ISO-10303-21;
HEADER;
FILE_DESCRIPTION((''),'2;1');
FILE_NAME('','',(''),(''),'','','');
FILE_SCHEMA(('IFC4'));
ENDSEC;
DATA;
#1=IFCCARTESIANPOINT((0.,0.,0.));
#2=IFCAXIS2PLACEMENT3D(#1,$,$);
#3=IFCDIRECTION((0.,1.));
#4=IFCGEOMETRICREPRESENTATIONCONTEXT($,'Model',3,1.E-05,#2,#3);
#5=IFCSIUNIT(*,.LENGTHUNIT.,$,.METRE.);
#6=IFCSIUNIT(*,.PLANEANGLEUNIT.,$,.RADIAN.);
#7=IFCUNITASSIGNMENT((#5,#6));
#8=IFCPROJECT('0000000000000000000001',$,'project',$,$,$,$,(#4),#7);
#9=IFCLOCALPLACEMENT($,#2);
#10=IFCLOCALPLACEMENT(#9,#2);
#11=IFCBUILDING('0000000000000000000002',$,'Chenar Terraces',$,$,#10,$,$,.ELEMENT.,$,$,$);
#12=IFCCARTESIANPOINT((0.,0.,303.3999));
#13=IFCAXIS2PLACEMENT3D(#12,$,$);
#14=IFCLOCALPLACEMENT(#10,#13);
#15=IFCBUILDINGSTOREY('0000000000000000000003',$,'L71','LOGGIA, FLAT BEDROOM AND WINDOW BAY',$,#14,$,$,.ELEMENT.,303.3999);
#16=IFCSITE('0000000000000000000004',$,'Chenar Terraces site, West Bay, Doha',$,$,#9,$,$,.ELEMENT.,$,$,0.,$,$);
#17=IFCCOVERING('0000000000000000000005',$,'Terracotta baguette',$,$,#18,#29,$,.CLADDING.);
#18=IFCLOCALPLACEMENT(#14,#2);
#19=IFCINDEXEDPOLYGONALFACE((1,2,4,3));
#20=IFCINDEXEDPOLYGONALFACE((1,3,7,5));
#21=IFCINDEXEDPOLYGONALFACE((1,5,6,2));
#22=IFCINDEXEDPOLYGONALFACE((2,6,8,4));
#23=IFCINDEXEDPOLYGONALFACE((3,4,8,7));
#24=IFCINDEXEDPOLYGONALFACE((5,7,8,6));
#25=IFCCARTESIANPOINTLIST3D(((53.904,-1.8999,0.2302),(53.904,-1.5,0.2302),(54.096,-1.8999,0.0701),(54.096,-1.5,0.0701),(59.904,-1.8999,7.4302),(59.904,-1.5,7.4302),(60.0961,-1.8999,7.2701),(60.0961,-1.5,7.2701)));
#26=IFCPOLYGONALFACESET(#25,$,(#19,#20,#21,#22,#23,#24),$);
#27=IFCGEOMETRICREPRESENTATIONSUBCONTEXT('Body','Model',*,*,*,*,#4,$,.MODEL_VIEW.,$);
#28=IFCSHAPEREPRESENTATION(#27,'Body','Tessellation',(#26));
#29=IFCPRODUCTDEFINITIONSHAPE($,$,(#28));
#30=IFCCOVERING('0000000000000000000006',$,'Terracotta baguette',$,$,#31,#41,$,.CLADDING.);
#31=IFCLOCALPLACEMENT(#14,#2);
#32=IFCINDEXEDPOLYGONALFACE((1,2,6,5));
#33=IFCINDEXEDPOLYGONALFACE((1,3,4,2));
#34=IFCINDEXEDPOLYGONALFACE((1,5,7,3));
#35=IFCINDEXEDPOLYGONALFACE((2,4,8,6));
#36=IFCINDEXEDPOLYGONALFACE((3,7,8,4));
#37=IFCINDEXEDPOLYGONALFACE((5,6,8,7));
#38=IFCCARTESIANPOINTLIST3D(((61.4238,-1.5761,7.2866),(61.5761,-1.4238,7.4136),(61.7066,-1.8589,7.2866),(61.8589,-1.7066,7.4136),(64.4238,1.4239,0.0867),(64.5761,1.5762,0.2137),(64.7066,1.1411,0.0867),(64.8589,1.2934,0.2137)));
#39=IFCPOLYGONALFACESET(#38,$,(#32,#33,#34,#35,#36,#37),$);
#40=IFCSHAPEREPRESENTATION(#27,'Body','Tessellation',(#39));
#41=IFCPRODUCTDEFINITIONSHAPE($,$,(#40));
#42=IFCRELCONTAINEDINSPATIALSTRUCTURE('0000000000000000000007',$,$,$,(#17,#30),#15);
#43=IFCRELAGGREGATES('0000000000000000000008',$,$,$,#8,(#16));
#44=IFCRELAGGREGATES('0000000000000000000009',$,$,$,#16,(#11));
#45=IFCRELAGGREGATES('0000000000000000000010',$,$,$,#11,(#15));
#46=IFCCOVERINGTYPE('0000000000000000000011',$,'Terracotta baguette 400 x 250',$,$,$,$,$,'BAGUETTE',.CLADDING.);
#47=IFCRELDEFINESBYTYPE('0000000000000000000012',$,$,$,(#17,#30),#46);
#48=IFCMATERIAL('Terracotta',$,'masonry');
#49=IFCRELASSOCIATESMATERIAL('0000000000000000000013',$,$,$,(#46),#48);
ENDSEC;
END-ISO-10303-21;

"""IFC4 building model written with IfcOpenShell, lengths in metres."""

from ifc_helpers import new_model, si_unit, direction, frame, origin, origin_2d, place, context, subcontext, project, spatial, rectangle, extrude, material, material_profile, profile_set, type_object, element, save


model = new_model("IFC4")

# Units and contexts
model_context = context("Model", 3, precision=1e-05, world=origin(), true_north=direction((0.0, 1.0)))
body_context = subcontext(model_context, "Body", "Model", "MODEL_VIEW")
ifc_project = project(units=[si_unit("LENGTHUNIT", "METRE"), si_unit("PLANEANGLEUNIT", "RADIAN")], contexts=[model_context])

# Site, building, storey
site_placement = place(None, origin())
site = spatial("IfcSite", under=ifc_project, at=site_placement, Name="Chenar Terraces site, West Bay, Doha", CompositionType="ELEMENT", RefElevation=0.0)
building_placement = place(site_placement, origin())
building = spatial("IfcBuilding", under=site, at=building_placement, Name="Chenar Terraces", CompositionType="ELEMENT")
storey_placement = place(building_placement, frame((0.0, 0.0, 303.3999)))
storey = spatial("IfcBuildingStorey", under=building, at=storey_placement, Name="L71", Description="LOGGIA, FLAT BEDROOM AND WINDOW BAY", CompositionType="ELEMENT", Elevation=303.3999)

# Coverings
ifc_material_1 = material(Name="Terracotta", Category="masonry")
ifc_material_profile_1 = material_profile(ifc_material_1, rectangle(XDim=0.3999, YDim=0.25, at=origin_2d()), Name="Terracotta baguette 400 x 250")
ifc_profile_set_1 = profile_set([ifc_material_profile_1], Name="Terracotta")
covering_type = type_object("IfcCoveringType", Name="Terracotta baguette 400 x 250", ElementType="BAGUETTE", PredefinedType="CLADDING", material=ifc_profile_set_1)
for number, where, z_axis, x_axis, name in (
    (1, (54.0, -1.7, 0.1501), (0.640187, 0.0, 0.768219), (0.0, 1.0, 0.0), "Terracotta baguette"),
):
    element("IfcCovering", number, at=place(storey_placement, frame(where, z_axis=z_axis, x_axis=x_axis)), inside=storey, type_object=covering_type, Name=name, PredefinedType="CLADDING", context=body_context, shape_type="SweptSolid", body=[
        extrude(rectangle(XDim=0.3999, YDim=0.25, at=origin_2d()), origin(), (0.0, 0.0, 1.0), 9.3723),
    ])
covering_placement = place(storey_placement, frame((61.6414, -1.6414, 7.3501), z_axis=(0.358981, 0.358981, -0.861548), x_axis=(-0.707107, 0.707107, 0.0)))
element("IfcCovering", 2, at=covering_placement, inside=storey, type_object=covering_type, Name="Terracotta baguette", PredefinedType="CLADDING", context=body_context, shape_type="SweptSolid", body=[
    extrude(rectangle(XDim=0.3999, YDim=0.25, at=origin_2d()), origin(), (0.0, 0.0, 1.0), 8.3569),
])

save(model, "model.ifc")
